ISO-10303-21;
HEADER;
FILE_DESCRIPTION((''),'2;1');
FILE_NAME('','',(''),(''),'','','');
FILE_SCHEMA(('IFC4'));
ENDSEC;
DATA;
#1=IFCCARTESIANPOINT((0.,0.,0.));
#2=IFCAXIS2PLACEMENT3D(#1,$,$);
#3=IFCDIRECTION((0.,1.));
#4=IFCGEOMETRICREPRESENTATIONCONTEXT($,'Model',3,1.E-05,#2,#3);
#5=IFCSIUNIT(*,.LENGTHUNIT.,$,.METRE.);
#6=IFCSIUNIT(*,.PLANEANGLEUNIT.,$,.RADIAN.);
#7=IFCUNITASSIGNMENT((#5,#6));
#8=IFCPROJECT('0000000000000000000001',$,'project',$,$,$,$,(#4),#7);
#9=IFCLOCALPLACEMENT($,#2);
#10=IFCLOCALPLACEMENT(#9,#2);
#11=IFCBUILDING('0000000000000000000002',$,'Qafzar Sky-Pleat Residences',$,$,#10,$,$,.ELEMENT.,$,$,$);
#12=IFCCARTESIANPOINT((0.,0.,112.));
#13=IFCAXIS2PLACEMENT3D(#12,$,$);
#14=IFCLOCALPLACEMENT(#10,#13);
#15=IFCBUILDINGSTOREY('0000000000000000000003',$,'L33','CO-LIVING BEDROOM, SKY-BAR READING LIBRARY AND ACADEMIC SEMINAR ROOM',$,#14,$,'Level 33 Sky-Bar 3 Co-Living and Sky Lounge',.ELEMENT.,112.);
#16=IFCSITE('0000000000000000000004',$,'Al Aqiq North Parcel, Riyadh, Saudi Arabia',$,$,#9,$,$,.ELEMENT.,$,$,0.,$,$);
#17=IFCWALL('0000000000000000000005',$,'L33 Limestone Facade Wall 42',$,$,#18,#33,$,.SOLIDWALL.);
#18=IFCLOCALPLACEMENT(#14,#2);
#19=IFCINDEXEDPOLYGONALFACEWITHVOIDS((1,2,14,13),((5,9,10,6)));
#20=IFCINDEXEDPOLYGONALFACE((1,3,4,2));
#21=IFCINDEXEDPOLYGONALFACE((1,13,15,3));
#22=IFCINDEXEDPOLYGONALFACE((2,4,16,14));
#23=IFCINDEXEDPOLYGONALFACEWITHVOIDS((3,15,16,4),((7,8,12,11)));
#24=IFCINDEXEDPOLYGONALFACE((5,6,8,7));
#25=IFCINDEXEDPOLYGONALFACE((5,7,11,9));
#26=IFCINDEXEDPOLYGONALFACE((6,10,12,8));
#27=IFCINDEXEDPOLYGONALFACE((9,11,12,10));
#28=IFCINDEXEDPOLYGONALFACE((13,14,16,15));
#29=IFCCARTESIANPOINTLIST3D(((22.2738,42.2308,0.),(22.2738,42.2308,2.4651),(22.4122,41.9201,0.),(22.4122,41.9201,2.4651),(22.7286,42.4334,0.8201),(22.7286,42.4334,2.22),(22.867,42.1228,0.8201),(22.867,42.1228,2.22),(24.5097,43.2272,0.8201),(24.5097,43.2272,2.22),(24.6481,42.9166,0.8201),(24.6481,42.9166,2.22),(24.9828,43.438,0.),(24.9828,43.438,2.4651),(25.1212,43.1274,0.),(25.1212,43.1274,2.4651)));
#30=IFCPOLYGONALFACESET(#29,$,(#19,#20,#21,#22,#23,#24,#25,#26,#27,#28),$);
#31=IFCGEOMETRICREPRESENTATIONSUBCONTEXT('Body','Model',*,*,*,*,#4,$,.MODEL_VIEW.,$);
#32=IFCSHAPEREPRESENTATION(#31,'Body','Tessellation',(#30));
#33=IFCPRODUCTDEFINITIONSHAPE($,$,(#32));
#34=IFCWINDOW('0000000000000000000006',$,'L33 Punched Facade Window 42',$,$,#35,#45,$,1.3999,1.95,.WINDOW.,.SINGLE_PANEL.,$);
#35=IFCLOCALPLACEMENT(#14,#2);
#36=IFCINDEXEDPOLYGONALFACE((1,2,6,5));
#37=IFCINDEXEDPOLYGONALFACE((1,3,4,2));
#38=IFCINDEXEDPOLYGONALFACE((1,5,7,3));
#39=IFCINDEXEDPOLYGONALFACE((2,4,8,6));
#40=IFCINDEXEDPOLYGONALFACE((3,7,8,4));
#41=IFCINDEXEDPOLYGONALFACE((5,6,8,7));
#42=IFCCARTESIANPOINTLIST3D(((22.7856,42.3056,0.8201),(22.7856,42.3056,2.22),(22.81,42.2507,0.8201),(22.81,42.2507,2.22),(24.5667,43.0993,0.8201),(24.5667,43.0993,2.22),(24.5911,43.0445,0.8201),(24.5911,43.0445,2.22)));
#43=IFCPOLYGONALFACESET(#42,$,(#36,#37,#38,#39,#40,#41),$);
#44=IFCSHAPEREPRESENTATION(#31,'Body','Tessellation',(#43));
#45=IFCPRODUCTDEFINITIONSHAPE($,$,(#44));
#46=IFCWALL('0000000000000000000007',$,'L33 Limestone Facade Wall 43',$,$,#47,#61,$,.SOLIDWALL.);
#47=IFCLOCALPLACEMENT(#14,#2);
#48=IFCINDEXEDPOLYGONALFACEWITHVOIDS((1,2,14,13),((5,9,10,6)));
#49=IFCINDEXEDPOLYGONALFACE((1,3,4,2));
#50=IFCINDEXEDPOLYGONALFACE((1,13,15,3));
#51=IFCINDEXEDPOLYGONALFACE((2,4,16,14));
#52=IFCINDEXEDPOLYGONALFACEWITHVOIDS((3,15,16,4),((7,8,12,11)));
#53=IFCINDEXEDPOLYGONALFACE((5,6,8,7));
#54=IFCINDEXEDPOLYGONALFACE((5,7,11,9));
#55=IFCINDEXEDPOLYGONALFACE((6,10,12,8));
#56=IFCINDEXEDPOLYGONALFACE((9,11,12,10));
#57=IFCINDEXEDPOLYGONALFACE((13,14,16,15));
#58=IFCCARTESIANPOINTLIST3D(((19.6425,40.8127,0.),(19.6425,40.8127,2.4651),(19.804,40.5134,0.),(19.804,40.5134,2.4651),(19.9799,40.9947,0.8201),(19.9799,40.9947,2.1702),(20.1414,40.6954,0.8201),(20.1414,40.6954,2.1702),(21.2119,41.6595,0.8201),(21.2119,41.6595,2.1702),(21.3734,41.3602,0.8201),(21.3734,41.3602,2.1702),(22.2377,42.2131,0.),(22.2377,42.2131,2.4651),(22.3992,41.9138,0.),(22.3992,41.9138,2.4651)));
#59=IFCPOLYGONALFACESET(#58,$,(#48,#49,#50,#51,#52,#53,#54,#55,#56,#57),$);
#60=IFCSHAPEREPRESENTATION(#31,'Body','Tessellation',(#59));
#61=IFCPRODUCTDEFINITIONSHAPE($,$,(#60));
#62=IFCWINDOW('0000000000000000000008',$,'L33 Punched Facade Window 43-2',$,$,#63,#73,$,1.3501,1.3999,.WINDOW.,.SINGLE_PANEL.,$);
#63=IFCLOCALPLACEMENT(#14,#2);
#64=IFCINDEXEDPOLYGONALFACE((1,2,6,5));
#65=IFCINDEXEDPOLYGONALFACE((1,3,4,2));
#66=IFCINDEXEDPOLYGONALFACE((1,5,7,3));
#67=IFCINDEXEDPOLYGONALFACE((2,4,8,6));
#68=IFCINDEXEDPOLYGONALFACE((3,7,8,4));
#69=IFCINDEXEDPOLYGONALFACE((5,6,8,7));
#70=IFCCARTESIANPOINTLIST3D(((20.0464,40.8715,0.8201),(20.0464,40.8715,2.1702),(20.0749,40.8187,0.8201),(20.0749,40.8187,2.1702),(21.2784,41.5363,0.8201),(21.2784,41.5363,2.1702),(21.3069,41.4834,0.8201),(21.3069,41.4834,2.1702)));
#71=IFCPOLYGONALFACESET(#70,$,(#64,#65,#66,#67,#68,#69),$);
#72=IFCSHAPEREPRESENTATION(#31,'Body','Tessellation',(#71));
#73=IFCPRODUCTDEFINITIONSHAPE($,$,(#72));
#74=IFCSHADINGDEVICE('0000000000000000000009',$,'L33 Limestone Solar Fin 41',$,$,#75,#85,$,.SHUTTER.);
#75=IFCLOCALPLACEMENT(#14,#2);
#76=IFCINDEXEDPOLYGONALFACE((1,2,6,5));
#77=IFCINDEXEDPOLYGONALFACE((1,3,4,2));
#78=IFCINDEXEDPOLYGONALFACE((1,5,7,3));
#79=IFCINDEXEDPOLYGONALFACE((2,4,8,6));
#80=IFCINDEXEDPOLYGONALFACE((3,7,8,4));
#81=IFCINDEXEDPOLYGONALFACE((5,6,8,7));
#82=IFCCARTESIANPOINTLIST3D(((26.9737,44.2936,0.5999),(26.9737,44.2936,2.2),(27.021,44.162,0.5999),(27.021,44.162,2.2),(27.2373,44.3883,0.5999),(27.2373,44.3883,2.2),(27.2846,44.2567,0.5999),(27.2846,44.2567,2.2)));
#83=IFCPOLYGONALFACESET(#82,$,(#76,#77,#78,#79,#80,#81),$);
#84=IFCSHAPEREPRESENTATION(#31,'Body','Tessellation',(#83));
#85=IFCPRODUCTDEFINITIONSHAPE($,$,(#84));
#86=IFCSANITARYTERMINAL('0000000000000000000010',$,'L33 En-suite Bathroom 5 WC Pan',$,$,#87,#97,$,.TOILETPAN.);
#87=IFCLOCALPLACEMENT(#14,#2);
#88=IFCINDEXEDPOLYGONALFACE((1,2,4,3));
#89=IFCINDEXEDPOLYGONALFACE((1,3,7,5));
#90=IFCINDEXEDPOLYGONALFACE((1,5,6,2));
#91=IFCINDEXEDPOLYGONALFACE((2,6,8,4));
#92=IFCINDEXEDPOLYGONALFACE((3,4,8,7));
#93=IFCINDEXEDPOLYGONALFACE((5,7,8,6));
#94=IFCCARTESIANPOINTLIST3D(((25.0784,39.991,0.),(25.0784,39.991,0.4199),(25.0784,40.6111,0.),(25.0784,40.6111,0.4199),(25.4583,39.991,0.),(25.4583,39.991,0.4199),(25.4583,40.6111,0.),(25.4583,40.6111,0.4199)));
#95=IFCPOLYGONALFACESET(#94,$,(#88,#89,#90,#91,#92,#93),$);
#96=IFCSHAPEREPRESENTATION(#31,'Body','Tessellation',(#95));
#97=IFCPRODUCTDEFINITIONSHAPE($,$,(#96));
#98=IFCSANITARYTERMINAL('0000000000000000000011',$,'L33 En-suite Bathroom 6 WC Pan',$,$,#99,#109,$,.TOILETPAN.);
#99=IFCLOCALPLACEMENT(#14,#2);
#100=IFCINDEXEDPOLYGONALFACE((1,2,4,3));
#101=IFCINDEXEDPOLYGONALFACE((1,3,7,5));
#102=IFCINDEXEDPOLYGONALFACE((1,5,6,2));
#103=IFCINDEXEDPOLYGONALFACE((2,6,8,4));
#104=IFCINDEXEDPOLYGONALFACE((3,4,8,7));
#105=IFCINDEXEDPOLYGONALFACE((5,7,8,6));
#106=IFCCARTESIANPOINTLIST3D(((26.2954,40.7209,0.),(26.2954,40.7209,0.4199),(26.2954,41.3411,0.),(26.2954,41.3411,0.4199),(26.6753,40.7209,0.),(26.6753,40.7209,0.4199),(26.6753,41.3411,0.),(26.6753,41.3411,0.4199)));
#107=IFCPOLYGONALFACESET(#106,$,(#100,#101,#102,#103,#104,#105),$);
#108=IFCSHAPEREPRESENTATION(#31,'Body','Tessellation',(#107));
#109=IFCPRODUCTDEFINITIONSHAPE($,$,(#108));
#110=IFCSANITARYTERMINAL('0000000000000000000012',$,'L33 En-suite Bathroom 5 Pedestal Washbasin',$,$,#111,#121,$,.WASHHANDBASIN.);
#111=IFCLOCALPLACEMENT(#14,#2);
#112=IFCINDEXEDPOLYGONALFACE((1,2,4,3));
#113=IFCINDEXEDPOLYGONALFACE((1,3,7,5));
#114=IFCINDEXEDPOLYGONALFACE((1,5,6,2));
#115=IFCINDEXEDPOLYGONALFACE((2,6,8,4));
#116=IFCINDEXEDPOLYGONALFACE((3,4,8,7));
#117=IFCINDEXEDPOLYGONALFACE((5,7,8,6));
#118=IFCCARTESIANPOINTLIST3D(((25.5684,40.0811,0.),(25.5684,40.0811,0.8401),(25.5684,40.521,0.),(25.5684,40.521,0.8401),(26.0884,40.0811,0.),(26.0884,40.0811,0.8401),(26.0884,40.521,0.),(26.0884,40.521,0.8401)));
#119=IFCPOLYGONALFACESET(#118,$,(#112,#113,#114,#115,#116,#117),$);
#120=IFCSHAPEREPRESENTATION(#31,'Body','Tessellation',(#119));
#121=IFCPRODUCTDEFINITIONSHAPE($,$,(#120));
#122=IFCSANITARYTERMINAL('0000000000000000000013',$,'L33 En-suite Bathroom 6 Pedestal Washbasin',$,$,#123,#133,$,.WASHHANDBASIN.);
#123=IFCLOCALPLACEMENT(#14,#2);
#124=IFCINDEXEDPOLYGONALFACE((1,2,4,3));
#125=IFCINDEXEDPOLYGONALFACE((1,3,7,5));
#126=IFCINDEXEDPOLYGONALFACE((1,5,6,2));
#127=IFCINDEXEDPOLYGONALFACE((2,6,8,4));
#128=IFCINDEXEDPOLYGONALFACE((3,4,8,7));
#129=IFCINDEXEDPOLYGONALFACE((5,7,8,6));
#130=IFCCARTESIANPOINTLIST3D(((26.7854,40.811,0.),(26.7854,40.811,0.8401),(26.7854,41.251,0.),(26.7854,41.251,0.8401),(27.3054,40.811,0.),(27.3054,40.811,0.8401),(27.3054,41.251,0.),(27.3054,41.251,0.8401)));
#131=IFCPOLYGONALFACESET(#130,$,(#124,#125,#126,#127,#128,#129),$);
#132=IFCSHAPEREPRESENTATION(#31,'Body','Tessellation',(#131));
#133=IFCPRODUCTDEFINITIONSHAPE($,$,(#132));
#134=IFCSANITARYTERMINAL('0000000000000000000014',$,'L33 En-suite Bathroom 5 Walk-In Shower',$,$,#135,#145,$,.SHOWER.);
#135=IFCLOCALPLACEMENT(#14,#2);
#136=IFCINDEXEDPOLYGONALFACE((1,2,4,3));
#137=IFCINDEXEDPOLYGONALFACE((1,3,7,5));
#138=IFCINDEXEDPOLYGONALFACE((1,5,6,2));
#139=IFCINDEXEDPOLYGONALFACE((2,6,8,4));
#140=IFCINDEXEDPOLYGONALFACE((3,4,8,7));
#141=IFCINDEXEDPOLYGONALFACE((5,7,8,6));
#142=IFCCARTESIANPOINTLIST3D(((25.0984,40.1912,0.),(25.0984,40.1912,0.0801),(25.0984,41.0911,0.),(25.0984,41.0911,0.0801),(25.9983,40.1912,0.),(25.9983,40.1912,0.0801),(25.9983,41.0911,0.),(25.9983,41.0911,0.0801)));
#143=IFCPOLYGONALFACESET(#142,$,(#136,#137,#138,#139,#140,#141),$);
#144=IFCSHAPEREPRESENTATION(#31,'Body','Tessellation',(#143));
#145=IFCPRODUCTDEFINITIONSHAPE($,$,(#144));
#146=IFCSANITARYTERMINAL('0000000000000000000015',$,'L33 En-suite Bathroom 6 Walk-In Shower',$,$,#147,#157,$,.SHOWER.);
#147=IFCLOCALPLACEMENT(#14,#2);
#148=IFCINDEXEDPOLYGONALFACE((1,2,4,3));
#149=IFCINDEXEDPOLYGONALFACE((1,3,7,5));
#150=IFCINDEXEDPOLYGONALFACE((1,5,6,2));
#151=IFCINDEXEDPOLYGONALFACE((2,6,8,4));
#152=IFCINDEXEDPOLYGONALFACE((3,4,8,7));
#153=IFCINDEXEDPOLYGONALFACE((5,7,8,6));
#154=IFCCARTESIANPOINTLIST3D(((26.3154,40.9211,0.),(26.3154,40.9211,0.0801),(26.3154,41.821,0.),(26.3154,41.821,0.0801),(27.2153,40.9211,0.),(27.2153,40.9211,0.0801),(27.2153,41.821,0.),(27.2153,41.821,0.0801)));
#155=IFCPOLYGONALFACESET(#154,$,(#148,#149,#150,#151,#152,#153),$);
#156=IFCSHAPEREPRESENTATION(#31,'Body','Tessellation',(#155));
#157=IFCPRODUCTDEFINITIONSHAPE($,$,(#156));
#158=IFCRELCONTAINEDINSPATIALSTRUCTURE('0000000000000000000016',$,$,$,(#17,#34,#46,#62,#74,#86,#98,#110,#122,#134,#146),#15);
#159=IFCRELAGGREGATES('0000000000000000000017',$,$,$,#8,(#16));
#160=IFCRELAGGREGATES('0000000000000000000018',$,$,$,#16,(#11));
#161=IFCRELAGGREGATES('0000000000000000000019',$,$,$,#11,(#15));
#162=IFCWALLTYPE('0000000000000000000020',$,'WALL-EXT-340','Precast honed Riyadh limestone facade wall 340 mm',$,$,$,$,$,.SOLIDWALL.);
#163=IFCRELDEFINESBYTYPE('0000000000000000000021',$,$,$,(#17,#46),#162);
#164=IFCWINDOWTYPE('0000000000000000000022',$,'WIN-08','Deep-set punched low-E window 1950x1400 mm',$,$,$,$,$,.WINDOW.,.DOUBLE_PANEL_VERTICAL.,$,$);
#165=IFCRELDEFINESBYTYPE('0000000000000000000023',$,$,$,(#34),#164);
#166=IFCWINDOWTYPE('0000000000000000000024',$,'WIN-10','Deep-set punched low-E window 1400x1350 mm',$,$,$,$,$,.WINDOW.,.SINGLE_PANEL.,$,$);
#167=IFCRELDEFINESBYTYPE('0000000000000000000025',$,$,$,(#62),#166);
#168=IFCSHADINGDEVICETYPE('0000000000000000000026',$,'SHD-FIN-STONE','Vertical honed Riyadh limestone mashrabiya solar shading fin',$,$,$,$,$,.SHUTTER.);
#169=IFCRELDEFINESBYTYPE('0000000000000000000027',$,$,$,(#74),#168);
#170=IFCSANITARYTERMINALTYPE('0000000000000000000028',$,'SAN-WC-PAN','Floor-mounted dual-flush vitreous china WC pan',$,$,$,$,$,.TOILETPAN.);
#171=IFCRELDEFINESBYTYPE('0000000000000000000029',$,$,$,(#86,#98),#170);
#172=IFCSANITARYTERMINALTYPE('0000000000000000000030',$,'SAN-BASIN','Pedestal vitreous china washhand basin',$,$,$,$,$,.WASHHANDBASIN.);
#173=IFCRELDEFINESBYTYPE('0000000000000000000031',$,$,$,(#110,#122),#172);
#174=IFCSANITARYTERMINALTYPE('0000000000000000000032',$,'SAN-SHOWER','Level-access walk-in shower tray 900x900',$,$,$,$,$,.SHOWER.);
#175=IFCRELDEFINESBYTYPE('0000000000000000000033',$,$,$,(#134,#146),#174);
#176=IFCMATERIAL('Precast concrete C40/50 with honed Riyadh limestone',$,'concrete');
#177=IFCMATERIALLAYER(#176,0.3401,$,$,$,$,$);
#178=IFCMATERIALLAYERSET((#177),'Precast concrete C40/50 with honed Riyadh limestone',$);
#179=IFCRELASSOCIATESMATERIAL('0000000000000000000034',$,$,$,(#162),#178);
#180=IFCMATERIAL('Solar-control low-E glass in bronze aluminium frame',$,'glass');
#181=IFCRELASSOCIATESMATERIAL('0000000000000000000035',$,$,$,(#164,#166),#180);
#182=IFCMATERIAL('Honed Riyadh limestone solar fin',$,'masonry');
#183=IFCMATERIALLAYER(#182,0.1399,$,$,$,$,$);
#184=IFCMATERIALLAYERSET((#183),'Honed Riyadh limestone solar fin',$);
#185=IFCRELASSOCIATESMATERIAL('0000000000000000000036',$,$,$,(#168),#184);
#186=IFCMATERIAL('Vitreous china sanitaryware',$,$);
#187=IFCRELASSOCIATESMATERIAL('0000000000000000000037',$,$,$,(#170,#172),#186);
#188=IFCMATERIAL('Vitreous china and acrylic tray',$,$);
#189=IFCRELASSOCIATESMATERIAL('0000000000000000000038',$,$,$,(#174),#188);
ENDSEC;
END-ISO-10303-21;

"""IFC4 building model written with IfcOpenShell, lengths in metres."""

from ifc_helpers import new_model, si_unit, direction, frame, frame_2d, origin, origin_2d, place, context, subcontext, project, spatial, rectangle, extrude, source, transform, mapped, material, layer, layer_set, type_object, element, fill, save


model = new_model("IFC4")

# Units and contexts
model_context = context("Model", 3, precision=1e-05, world=origin(), true_north=direction((0.0, 1.0)))
body_context = subcontext(model_context, "Body", "Model", "MODEL_VIEW")
ifc_project = project(units=[si_unit("LENGTHUNIT", "METRE"), si_unit("PLANEANGLEUNIT", "RADIAN")], contexts=[model_context])

# Site, building, storey
site_placement = place(None, origin())
site = spatial("IfcSite", under=ifc_project, at=site_placement, Name="Al Aqiq North Parcel, Riyadh, Saudi Arabia", CompositionType="ELEMENT", RefElevation=0.0)
building_placement = place(site_placement, origin())
building = spatial("IfcBuilding", under=site, at=building_placement, Name="Qafzar Sky-Pleat Residences", CompositionType="ELEMENT")
storey_placement = place(building_placement, frame((0.0, 0.0, 112.0)))
storey = spatial("IfcBuildingStorey", under=building, at=storey_placement, Name="L33", Description="CO-LIVING BEDROOM, SKY-BAR READING LIBRARY AND ACADEMIC SEMINAR ROOM", LongName="Level 33 Sky-Bar 3 Co-Living and Sky Lounge", CompositionType="ELEMENT", Elevation=112.0)

# Shared definitions
ifc_material_1 = material(Name="Precast concrete C40/50 with honed Riyadh limestone", Category="concrete")
ifc_layer_1 = layer(ifc_material_1, 0.3401)
ifc_layer_set_1 = layer_set([ifc_layer_1], Name="Precast concrete C40/50 with honed Riyadh limestone")
wall_type_1 = type_object("IfcWallType", Name="WALL-EXT-340", Description="Precast honed Riyadh limestone facade wall 340 mm", PredefinedType="SOLIDWALL", material=ifc_layer_set_1)

# Walls, openings, windows
wall_1_placement = place(storey_placement, frame((25.052, 43.2827, 0.0), z_axis=(0.0, 0.0, 1.0), x_axis=(-0.9134, -0.407062, 0.0)))
wall_1 = element("IfcWall", 1, at=wall_1_placement, inside=storey, type_object=wall_type_1, Name="L33 Limestone Facade Wall 42", PredefinedType="SOLIDWALL", context=body_context, shape_type="SweptSolid", body=[
    extrude(rectangle(XDim=2.9658, YDim=0.3401, at=frame_2d((1.4829, 0.0))), origin(), (0.0, 0.0, 1.0), 2.4651),
])
opening_1_placement = place(wall_1_placement, frame((0.5178, 0.0, 0.8201)))
opening_1 = element("IfcOpeningElement", 2, at=opening_1_placement, cuts=wall_1, PredefinedType="OPENING", context=body_context, shape_type="SweptSolid", body=[
    extrude(rectangle(XDim=1.95, YDim=1.3999, at=frame_2d((0.9751, 0.7))), frame((0.0, 0.1802, 0.0), z_axis=(0.0, -1.0, 0.0), x_axis=(1.0, 0.0, 0.0)), (0.0, 0.0, 1.0), 0.3601),
])
ifc_material_2 = material(Name="Solar-control low-E glass in bronze aluminium frame", Category="glass")
window_type_1 = type_object("IfcWindowType", Name="WIN-08", Description="Deep-set punched low-E window 1950x1400 mm", PartitioningType="DOUBLE_PANEL_VERTICAL", PredefinedType="WINDOW", material=ifc_material_2)
shared_shape_1 = source(origin(), body_context, "Body", "SweptSolid", [
    extrude(rectangle(XDim=1.95, YDim=1.3999, at=frame_2d((0.9751, 0.7))), frame((0.0, 0.03, 0.0), z_axis=(0.0, -1.0, 0.0), x_axis=(1.0, 0.0, 0.0)), (0.0, 0.0, 1.0), 0.0601),
])
window_1_placement = place(opening_1_placement, origin())
window_1 = element("IfcWindow", 3, at=window_1_placement, inside=storey, type_object=window_type_1, Name="L33 Punched Facade Window 42", OverallHeight=1.3999, OverallWidth=1.95, PartitioningType="SINGLE_PANEL", PredefinedType="WINDOW", context=body_context, shape_type="MappedRepresentation", body=[
    mapped(shared_shape_1, transform((0.0, 0.0, 0.0), x_axis=(1.0, 0.0, 0.0), y_axis=(0.0, 1.0, 0.0), z_axis=(0.0, 0.0, 1.0), scale=1.0)),
])
fill(opening_1, window_1)
wall_2_placement = place(storey_placement, frame((22.3186, 42.0635, 0.0), z_axis=(0.0, 0.0, 1.0), x_axis=(-0.880051, -0.47488, 0.0)))
wall_2 = element("IfcWall", 4, at=wall_2_placement, inside=storey, type_object=wall_type_1, Name="L33 Limestone Facade Wall 43", PredefinedType="SOLIDWALL", context=body_context, shape_type="SweptSolid", body=[
    extrude(rectangle(XDim=2.949, YDim=0.3401, at=frame_2d((1.4746, 0.0))), origin(), (0.0, 0.0, 1.0), 2.4651),
])
opening_2_placement = place(wall_2_placement, frame((1.1658, 0.0, 0.8201)))
opening_2 = element("IfcOpeningElement", 5, at=opening_2_placement, cuts=wall_2, PredefinedType="OPENING", context=body_context, shape_type="SweptSolid", body=[
    extrude(rectangle(XDim=1.3999, YDim=1.3501, at=frame_2d((0.7, 0.675))), frame((0.0, 0.1802, 0.0), z_axis=(0.0, -1.0, 0.0), x_axis=(1.0, 0.0, 0.0)), (0.0, 0.0, 1.0), 0.3601),
])
window_type_2 = type_object("IfcWindowType", Name="WIN-10", Description="Deep-set punched low-E window 1400x1350 mm", PartitioningType="SINGLE_PANEL", PredefinedType="WINDOW", material=ifc_material_2)
shared_shape_2 = source(origin(), body_context, "Body", "SweptSolid", [
    extrude(rectangle(XDim=1.3999, YDim=1.3501, at=frame_2d((0.7, 0.675))), frame((0.0, 0.03, 0.0), z_axis=(0.0, -1.0, 0.0), x_axis=(1.0, 0.0, 0.0)), (0.0, 0.0, 1.0), 0.0601),
])
window_2_placement = place(opening_2_placement, origin())
window_2 = element("IfcWindow", 6, at=window_2_placement, inside=storey, type_object=window_type_2, Name="L33 Punched Facade Window 43-2", OverallHeight=1.3501, OverallWidth=1.3999, PartitioningType="SINGLE_PANEL", PredefinedType="WINDOW", context=body_context, shape_type="MappedRepresentation", body=[
    mapped(shared_shape_2, transform((0.0, 0.0, 0.0), x_axis=(1.0, 0.0, 0.0), y_axis=(0.0, 1.0, 0.0), z_axis=(0.0, 0.0, 1.0), scale=1.0)),
])
fill(opening_2, window_2)

# Shading device
ifc_material_3 = material(Name="Honed Riyadh limestone solar fin", Category="masonry")
ifc_layer_2 = layer(ifc_material_3, 0.1399)
ifc_layer_set_2 = layer_set([ifc_layer_2], Name="Honed Riyadh limestone solar fin")
shading_device_type = type_object("IfcShadingDeviceType", Name="SHD-FIN-STONE", Description="Vertical honed Riyadh limestone mashrabiya solar shading fin", PredefinedType="SHUTTER", material=ifc_layer_set_2)
shared_shape_3 = source(origin(), body_context, "Body", "SweptSolid", [
    extrude(rectangle(XDim=0.1399, YDim=0.28, at=origin_2d()), origin(), (0.0, 0.0, 1.0), 1.6001),
])
shading_device_placement = place(storey_placement, frame((27.1292, 44.2751, 0.5999), z_axis=(0.0, 0.0, 1.0), x_axis=(-0.338169, 0.941085, 0.0)))
element("IfcShadingDevice", 7, at=shading_device_placement, inside=storey, type_object=shading_device_type, Name="L33 Limestone Solar Fin 41", PredefinedType="SHUTTER", context=body_context, shape_type="MappedRepresentation", body=[
    mapped(shared_shape_3, transform((0.0, 0.0, 0.0), x_axis=(1.0, 0.0, 0.0), y_axis=(0.0, 1.0, 0.0), z_axis=(0.0, 0.0, 1.0), scale=1.0)),
])

# Sanitary terminals
ifc_material_4 = material(Name="Vitreous china sanitaryware")
sanitary_terminal_type_1 = type_object("IfcSanitaryTerminalType", Name="SAN-WC-PAN", Description="Floor-mounted dual-flush vitreous china WC pan", PredefinedType="TOILETPAN", material=ifc_material_4)
shared_shape_4 = source(origin(), body_context, "Body", "SweptSolid", [
    extrude(rectangle(XDim=0.3799, YDim=0.6201, at=origin_2d()), origin(), (0.0, 0.0, 1.0), 0.4199),
])
for number, where, z_axis, x_axis, name in (
    (8, (25.2683, 40.301, 0.0), (0.0, 0.0, 1.0), (1.0, 0.0, 0.0), "L33 En-suite Bathroom 5 WC Pan"),
    (9, (26.4854, 41.031, 0.0), (0.0, 0.0, 1.0), (1.0, 0.0, 0.0), "L33 En-suite Bathroom 6 WC Pan"),
):
    element("IfcSanitaryTerminal", number, at=place(storey_placement, frame(where, z_axis=z_axis, x_axis=x_axis)), inside=storey, type_object=sanitary_terminal_type_1, Name=name, PredefinedType="TOILETPAN", context=body_context, shape_type="MappedRepresentation", body=[
        mapped(shared_shape_4, transform((0.0, 0.0, 0.0), x_axis=(1.0, 0.0, 0.0), y_axis=(0.0, 1.0, 0.0), z_axis=(0.0, 0.0, 1.0), scale=1.0)),
    ])
sanitary_terminal_type_2 = type_object("IfcSanitaryTerminalType", Name="SAN-BASIN", Description="Pedestal vitreous china washhand basin", PredefinedType="WASHHANDBASIN", material=ifc_material_4)
shared_shape_5 = source(origin(), body_context, "Body", "SweptSolid", [
    extrude(rectangle(XDim=0.52, YDim=0.4399, at=origin_2d()), origin(), (0.0, 0.0, 1.0), 0.8401),
])
for number, where, z_axis, x_axis, name in (
    (10, (25.8284, 40.301, 0.0), (0.0, 0.0, 1.0), (1.0, 0.0, 0.0), "L33 En-suite Bathroom 5 Pedestal Washbasin"),
    (11, (27.0454, 41.031, 0.0), (0.0, 0.0, 1.0), (1.0, 0.0, 0.0), "L33 En-suite Bathroom 6 Pedestal Washbasin"),
):
    element("IfcSanitaryTerminal", number, at=place(storey_placement, frame(where, z_axis=z_axis, x_axis=x_axis)), inside=storey, type_object=sanitary_terminal_type_2, Name=name, PredefinedType="WASHHANDBASIN", context=body_context, shape_type="MappedRepresentation", body=[
        mapped(shared_shape_5, transform((0.0, 0.0, 0.0), x_axis=(1.0, 0.0, 0.0), y_axis=(0.0, 1.0, 0.0), z_axis=(0.0, 0.0, 1.0), scale=1.0)),
    ])
ifc_material_5 = material(Name="Vitreous china and acrylic tray")
sanitary_terminal_type_3 = type_object("IfcSanitaryTerminalType", Name="SAN-SHOWER", Description="Level-access walk-in shower tray 900x900", PredefinedType="SHOWER", material=ifc_material_5)
shared_shape_6 = source(origin(), body_context, "Body", "SweptSolid", [
    extrude(rectangle(XDim=0.8999, YDim=0.8999, at=origin_2d()), origin(), (0.0, 0.0, 1.0), 0.0801),
])
for number, where, z_axis, x_axis, name in (
    (12, (25.5483, 40.6411, 0.0), (0.0, 0.0, 1.0), (1.0, 0.0, 0.0), "L33 En-suite Bathroom 5 Walk-In Shower"),
    (13, (26.7654, 41.3711, 0.0), (0.0, 0.0, 1.0), (1.0, 0.0, 0.0), "L33 En-suite Bathroom 6 Walk-In Shower"),
):
    element("IfcSanitaryTerminal", number, at=place(storey_placement, frame(where, z_axis=z_axis, x_axis=x_axis)), inside=storey, type_object=sanitary_terminal_type_3, Name=name, PredefinedType="SHOWER", context=body_context, shape_type="MappedRepresentation", body=[
        mapped(shared_shape_6, transform((0.0, 0.0, 0.0), x_axis=(1.0, 0.0, 0.0), y_axis=(0.0, 1.0, 0.0), z_axis=(0.0, 0.0, 1.0), scale=1.0)),
    ])

save(model, "model.ifc")
